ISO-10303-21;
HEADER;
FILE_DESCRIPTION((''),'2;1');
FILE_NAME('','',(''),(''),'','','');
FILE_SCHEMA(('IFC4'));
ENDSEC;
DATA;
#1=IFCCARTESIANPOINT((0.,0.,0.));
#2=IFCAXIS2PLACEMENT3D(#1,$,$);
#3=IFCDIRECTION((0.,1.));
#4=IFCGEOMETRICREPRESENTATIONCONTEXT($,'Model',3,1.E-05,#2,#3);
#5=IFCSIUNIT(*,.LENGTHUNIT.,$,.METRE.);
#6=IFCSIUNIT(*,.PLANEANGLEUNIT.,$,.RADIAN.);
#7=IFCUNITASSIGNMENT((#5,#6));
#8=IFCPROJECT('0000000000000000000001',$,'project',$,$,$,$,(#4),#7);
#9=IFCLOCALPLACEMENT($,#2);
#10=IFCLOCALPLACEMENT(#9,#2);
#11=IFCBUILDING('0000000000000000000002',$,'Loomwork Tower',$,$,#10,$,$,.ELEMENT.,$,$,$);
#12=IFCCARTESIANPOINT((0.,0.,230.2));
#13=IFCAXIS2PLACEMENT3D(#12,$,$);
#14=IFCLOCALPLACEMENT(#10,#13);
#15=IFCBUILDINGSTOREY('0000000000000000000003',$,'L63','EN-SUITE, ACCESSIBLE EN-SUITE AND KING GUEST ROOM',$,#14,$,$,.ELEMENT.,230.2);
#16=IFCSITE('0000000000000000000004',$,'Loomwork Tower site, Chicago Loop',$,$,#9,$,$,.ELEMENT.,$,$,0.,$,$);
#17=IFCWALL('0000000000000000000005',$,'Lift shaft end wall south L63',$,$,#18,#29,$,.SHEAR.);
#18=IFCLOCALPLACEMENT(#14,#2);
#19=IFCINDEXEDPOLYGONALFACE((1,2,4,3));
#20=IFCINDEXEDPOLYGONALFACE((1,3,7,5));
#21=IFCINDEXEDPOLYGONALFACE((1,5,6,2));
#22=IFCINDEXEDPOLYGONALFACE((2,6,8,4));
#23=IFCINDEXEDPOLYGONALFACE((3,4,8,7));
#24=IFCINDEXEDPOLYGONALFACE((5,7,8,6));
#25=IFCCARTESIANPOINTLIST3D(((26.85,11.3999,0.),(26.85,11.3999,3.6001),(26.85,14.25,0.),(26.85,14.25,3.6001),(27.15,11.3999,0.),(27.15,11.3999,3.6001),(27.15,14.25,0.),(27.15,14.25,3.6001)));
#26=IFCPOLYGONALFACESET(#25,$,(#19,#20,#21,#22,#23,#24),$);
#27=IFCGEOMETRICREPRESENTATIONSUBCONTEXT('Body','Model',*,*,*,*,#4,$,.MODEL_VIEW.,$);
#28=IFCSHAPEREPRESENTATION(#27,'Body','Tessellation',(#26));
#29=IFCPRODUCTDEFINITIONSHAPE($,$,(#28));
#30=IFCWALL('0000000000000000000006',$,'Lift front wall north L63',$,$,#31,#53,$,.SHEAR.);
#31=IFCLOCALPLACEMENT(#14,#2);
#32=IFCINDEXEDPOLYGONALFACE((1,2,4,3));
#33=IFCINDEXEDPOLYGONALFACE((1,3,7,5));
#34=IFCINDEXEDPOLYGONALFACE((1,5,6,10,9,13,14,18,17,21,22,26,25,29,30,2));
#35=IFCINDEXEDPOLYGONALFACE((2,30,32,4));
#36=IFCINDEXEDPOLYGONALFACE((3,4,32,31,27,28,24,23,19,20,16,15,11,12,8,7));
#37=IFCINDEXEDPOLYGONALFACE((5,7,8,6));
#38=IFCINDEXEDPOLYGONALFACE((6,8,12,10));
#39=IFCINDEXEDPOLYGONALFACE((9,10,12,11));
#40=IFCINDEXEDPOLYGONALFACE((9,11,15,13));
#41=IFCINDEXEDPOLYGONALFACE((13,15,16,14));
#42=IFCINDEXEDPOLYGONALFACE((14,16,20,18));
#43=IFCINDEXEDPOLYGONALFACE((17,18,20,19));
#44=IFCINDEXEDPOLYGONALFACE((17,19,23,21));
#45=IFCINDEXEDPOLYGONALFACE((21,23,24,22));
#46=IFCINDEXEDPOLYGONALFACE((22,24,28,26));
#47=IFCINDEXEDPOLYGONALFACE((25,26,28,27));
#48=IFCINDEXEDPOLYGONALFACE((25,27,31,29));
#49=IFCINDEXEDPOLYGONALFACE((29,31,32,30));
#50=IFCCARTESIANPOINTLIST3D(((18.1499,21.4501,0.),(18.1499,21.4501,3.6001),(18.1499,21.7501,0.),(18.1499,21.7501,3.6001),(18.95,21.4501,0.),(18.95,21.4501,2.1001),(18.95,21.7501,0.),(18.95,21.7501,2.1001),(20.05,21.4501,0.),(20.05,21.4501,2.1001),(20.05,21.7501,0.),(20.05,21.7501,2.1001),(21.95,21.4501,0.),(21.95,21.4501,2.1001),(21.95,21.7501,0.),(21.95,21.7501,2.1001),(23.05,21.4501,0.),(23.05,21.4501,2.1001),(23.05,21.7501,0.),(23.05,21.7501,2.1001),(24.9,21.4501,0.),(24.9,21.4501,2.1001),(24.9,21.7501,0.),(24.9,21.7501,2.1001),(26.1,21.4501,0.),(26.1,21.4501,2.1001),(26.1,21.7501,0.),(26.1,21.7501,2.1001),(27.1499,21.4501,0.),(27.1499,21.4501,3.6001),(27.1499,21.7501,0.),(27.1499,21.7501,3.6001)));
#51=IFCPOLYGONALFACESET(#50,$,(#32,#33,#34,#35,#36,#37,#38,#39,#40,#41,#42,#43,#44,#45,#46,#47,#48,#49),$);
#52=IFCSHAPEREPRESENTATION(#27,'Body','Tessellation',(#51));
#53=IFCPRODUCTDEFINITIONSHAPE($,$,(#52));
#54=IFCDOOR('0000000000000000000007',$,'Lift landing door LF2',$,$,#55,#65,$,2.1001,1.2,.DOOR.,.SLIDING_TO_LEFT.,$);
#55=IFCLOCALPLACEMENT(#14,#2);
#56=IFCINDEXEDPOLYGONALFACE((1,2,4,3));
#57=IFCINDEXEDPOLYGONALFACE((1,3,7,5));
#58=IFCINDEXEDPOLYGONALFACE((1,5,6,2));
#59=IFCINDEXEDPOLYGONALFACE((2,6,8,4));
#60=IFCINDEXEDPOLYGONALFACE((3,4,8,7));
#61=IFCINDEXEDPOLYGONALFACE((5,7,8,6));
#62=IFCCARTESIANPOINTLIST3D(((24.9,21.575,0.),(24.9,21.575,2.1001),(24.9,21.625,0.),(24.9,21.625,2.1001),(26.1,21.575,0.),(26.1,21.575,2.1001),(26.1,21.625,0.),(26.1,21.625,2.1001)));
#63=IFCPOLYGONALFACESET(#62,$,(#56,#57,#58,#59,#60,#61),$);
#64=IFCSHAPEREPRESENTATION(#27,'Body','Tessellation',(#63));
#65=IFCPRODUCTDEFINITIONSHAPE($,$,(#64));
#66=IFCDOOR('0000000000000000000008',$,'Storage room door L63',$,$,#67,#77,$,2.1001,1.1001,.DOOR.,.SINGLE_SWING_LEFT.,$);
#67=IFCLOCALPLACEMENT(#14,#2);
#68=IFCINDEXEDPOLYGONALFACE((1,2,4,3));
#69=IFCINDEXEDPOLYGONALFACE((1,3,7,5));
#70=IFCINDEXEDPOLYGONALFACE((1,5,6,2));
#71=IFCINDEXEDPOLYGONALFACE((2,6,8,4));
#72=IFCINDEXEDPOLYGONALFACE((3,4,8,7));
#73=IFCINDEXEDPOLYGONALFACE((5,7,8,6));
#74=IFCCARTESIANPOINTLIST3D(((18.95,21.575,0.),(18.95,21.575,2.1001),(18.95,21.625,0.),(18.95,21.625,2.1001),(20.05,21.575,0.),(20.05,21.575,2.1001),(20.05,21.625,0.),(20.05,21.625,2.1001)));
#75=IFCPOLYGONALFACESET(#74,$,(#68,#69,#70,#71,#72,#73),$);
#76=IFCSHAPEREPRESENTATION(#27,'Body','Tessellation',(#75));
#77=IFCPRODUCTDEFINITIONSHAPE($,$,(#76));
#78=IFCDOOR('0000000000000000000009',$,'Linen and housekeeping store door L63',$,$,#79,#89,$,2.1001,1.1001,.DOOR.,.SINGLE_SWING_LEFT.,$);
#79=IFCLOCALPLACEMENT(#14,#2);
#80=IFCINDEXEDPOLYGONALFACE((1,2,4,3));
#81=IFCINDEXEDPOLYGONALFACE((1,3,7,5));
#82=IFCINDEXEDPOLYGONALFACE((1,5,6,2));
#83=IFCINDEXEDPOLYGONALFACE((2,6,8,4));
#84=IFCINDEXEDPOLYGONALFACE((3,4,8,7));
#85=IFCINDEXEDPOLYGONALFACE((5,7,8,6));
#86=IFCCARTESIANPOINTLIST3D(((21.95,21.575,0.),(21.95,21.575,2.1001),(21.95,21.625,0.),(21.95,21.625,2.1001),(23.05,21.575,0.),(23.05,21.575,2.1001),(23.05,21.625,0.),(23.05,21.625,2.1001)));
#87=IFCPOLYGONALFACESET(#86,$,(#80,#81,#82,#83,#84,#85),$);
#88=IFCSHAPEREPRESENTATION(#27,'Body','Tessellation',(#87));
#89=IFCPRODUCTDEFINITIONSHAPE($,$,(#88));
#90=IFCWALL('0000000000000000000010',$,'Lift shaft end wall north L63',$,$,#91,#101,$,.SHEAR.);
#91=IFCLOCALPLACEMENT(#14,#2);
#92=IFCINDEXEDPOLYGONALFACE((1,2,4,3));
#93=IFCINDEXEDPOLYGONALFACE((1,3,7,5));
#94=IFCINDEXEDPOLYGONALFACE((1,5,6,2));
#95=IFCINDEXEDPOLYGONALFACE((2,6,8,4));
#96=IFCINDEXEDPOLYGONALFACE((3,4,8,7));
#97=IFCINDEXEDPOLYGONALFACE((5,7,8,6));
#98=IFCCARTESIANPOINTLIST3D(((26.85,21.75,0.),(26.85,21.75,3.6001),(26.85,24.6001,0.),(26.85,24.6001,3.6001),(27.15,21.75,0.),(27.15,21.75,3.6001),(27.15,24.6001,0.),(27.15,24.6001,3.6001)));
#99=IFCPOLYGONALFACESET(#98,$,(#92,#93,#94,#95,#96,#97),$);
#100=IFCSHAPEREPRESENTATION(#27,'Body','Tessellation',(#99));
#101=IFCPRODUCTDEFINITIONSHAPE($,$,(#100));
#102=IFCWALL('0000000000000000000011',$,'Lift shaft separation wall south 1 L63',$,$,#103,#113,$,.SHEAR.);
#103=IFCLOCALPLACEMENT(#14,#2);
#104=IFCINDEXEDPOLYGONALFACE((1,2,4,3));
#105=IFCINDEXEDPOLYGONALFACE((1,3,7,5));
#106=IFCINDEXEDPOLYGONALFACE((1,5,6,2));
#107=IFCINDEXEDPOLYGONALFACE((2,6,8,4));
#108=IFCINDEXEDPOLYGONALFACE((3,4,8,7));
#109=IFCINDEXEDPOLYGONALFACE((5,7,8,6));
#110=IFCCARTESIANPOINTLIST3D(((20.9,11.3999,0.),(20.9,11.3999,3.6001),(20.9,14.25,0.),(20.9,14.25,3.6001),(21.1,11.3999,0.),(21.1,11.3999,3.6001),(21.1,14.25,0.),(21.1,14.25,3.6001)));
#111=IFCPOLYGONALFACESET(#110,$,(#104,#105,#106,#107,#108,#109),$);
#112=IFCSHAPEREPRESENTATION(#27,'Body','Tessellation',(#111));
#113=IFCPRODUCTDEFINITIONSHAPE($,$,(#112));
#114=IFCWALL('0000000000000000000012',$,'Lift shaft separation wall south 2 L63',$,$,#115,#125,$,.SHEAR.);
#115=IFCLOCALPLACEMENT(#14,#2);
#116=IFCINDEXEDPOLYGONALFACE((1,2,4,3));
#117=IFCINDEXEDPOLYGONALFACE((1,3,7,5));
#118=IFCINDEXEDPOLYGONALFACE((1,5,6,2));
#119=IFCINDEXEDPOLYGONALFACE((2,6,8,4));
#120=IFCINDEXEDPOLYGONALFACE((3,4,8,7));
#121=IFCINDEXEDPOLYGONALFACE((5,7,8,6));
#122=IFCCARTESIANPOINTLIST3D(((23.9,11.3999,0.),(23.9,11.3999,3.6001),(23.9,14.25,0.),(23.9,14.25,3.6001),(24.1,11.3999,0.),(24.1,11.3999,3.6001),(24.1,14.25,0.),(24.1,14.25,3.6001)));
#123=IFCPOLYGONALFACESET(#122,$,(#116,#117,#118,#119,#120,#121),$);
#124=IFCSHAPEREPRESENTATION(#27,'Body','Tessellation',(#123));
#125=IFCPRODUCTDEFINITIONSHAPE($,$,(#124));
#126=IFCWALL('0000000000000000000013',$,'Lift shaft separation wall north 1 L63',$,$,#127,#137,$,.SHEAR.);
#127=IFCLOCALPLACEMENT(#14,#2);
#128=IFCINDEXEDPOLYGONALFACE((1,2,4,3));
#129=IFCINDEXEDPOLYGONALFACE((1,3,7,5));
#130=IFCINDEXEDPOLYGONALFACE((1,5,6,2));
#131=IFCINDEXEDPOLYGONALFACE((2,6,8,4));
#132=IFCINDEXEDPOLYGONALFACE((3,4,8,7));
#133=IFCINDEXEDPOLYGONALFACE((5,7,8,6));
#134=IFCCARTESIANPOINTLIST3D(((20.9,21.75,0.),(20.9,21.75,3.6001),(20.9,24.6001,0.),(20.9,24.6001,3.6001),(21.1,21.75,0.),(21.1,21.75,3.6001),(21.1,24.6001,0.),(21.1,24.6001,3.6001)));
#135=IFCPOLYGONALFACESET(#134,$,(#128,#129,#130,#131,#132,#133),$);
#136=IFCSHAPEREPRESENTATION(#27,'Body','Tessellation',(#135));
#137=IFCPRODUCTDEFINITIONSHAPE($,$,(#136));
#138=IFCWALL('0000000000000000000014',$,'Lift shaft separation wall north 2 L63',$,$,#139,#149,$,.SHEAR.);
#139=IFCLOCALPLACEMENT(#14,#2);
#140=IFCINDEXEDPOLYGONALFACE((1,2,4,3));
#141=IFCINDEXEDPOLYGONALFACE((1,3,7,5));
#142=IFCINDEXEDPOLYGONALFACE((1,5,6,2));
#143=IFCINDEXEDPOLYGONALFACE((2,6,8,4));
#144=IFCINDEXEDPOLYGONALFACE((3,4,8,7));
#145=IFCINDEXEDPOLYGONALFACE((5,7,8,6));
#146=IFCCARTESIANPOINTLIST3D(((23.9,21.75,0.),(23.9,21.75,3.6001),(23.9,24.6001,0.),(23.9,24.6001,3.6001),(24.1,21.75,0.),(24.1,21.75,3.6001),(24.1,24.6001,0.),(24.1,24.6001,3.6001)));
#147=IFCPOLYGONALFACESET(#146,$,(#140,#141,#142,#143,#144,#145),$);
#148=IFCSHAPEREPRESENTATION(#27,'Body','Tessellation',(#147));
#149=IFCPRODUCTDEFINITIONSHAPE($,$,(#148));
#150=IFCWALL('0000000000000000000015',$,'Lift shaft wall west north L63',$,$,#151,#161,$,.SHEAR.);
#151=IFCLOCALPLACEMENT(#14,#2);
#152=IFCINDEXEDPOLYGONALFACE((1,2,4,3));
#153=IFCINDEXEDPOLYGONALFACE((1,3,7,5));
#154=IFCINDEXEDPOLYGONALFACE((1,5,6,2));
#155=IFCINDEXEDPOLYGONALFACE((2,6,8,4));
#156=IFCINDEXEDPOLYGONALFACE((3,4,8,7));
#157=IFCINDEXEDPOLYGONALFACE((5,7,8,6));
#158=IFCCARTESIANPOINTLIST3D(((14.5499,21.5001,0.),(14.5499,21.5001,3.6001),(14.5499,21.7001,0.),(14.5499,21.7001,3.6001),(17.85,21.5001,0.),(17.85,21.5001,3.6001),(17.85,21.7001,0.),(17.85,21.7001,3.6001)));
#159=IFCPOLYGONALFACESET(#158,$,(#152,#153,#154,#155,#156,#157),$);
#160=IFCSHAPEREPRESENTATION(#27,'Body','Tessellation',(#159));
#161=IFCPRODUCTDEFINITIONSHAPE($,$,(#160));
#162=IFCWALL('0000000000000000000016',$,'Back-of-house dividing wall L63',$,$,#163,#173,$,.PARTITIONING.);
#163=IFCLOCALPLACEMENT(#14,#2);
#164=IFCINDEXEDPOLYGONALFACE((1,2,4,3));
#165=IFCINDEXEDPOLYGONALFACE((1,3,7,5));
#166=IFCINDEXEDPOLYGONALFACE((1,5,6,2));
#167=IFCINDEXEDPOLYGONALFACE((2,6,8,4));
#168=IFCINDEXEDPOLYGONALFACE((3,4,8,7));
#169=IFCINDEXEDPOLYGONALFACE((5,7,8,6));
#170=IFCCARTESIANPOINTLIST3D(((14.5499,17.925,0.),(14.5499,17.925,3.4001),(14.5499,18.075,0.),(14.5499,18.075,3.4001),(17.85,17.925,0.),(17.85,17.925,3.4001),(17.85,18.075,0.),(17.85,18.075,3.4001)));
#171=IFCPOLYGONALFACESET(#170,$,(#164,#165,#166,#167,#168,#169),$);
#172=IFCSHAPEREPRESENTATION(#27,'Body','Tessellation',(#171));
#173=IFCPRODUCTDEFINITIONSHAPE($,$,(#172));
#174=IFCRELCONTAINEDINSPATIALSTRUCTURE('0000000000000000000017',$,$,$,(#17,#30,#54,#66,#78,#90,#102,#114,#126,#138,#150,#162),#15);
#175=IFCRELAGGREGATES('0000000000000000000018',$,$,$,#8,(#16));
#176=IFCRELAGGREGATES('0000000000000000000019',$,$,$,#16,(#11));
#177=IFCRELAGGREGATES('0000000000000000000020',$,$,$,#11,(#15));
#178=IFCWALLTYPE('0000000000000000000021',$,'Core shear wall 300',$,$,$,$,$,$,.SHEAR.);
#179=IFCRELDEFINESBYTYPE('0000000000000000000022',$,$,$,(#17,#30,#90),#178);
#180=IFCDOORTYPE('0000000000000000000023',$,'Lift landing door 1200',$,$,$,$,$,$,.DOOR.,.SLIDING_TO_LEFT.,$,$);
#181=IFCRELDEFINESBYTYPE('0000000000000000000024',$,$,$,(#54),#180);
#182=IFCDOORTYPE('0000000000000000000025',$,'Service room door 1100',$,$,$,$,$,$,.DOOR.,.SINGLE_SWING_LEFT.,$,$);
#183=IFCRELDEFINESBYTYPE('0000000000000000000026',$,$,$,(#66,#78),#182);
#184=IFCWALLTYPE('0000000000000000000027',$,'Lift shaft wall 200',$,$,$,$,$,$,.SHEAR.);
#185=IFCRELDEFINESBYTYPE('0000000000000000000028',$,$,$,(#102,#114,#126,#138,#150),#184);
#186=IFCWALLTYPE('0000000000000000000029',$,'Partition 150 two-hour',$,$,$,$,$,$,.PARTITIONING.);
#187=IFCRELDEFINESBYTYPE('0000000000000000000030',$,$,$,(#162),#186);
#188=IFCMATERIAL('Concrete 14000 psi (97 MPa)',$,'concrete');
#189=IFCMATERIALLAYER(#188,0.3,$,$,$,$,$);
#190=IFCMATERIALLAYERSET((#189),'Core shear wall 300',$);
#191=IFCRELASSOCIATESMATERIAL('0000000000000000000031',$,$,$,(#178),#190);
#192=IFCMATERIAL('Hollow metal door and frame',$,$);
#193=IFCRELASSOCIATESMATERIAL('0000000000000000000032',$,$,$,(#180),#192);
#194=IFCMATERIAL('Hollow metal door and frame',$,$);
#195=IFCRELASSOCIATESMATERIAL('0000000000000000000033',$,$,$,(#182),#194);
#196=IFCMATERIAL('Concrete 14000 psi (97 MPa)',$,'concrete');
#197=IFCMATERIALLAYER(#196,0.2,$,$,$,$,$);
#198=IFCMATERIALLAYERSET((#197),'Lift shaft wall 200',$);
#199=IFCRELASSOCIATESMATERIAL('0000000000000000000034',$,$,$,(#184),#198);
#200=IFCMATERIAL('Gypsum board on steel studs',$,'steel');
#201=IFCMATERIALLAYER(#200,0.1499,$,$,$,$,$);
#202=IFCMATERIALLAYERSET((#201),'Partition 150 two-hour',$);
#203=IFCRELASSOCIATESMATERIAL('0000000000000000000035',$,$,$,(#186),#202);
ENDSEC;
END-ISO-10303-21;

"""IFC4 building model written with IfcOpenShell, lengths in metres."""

from ifc_helpers import new_model, si_unit, direction, frame, frame_2d, origin, place, context, subcontext, project, spatial, rectangle, extrude, material, layer, layer_set, type_object, element, fill, save


model = new_model("IFC4")

# Units and contexts
model_context = context("Model", 3, precision=1e-05, world=origin(), true_north=direction((0.0, 1.0)))
body_context = subcontext(model_context, "Body", "Model", "MODEL_VIEW")
ifc_project = project(units=[si_unit("LENGTHUNIT", "METRE"), si_unit("PLANEANGLEUNIT", "RADIAN")], contexts=[model_context])

# Site, building, storey
site_placement = place(None, origin())
site = spatial("IfcSite", under=ifc_project, at=site_placement, Name="Loomwork Tower site, Chicago Loop", CompositionType="ELEMENT", RefElevation=0.0)
building_placement = place(site_placement, origin())
building = spatial("IfcBuilding", under=site, at=building_placement, Name="Loomwork Tower", CompositionType="ELEMENT")
storey_placement = place(building_placement, frame((0.0, 0.0, 230.2)))
storey = spatial("IfcBuildingStorey", under=building, at=storey_placement, Name="L63", Description="EN-SUITE, ACCESSIBLE EN-SUITE AND KING GUEST ROOM", CompositionType="ELEMENT", Elevation=230.2)

# Shared definitions
ifc_material_1 = material(Name="Concrete 14000 psi (97 MPa)", Category="concrete")
ifc_layer_1 = layer(ifc_material_1, 0.3)
ifc_layer_set_1 = layer_set([ifc_layer_1], Name="Core shear wall 300")
wall_type_1 = type_object("IfcWallType", Name="Core shear wall 300", PredefinedType="SHEAR", material=ifc_layer_set_1)

# Shared definitions
ifc_material_2 = material(Name="Hollow metal door and frame")
door_type_1 = type_object("IfcDoorType", Name="Lift landing door 1200", OperationType="SLIDING_TO_LEFT", PredefinedType="DOOR", material=ifc_material_2)
ifc_material_3 = material(Name="Hollow metal door and frame")
door_type_2 = type_object("IfcDoorType", Name="Service room door 1100", OperationType="SINGLE_SWING_LEFT", PredefinedType="DOOR", material=ifc_material_3)

# Wall
wall_1_placement = place(storey_placement, frame((27.0, 11.3999, 0.0), z_axis=(0.0, 0.0, 1.0), x_axis=(0.0, 1.0, 0.0)))
element("IfcWall", 1, at=wall_1_placement, inside=storey, type_object=wall_type_1, Name="Lift shaft end wall south L63", PredefinedType="SHEAR", context=body_context, shape_type="SweptSolid", body=[
    extrude(rectangle(XDim=2.8501, YDim=0.3, at=frame_2d((1.425, 0.0))), origin(), (0.0, 0.0, 1.0), 3.6001),
])

# Wall, openings, doors
wall_2_placement = place(storey_placement, frame((18.1499, 21.6001, 0.0), z_axis=(0.0, 0.0, 1.0), x_axis=(1.0, 0.0, 0.0)))
wall_2 = element("IfcWall", 2, at=wall_2_placement, inside=storey, type_object=wall_type_1, Name="Lift front wall north L63", PredefinedType="SHEAR", context=body_context, shape_type="SweptSolid", body=[
    extrude(rectangle(XDim=9.0, YDim=0.3, at=frame_2d((4.5, 0.0))), origin(), (0.0, 0.0, 1.0), 3.6001),
])
opening_1_placement = place(wall_2_placement, frame((6.75, 0.0, 0.0)))
opening_1 = element("IfcOpeningElement", 3, at=opening_1_placement, cuts=wall_2, PredefinedType="OPENING", context=body_context, shape_type="SweptSolid", body=[
    extrude(rectangle(XDim=1.2, YDim=2.1001, at=frame_2d((0.6001, 1.05))), frame((0.0, 0.1599, 0.0), z_axis=(0.0, -1.0, 0.0), x_axis=(1.0, 0.0, 0.0)), (0.0, 0.0, 1.0), 0.3201),
])
opening_2_placement = place(wall_2_placement, frame((0.8, 0.0, 0.0)))
opening_2 = element("IfcOpeningElement", 4, at=opening_2_placement, cuts=wall_2, PredefinedType="OPENING", context=body_context, shape_type="SweptSolid", body=[
    extrude(rectangle(XDim=1.1001, YDim=2.1001, at=frame_2d((0.55, 1.05))), frame((0.0, 0.1599, 0.0), z_axis=(0.0, -1.0, 0.0), x_axis=(1.0, 0.0, 0.0)), (0.0, 0.0, 1.0), 0.3201),
])
opening_3_placement = place(wall_2_placement, frame((3.8, 0.0, 0.0)))
opening_3 = element("IfcOpeningElement", 5, at=opening_3_placement, cuts=wall_2, PredefinedType="OPENING", context=body_context, shape_type="SweptSolid", body=[
    extrude(rectangle(XDim=1.1001, YDim=2.1001, at=frame_2d((0.55, 1.05))), frame((0.0, 0.1599, 0.0), z_axis=(0.0, -1.0, 0.0), x_axis=(1.0, 0.0, 0.0)), (0.0, 0.0, 1.0), 0.3201),
])
door_1_placement = place(opening_1_placement, origin())
door_1 = element("IfcDoor", 6, at=door_1_placement, inside=storey, type_object=door_type_1, Name="Lift landing door LF2", OperationType="SLIDING_TO_LEFT", OverallHeight=2.1001, OverallWidth=1.2, PredefinedType="DOOR", context=body_context, shape_type="SweptSolid", body=[
    extrude(rectangle(XDim=1.2, YDim=2.1001, at=frame_2d((0.6001, 1.05))), frame((0.0, 0.0249, 0.0), z_axis=(0.0, -1.0, 0.0), x_axis=(1.0, 0.0, 0.0)), (0.0, 0.0, 1.0), 0.05),
])
fill(opening_1, door_1)
door_2_placement = place(opening_2_placement, origin())
door_2 = element("IfcDoor", 7, at=door_2_placement, inside=storey, type_object=door_type_2, Name="Storage room door L63", OperationType="SINGLE_SWING_LEFT", OverallHeight=2.1001, OverallWidth=1.1001, PredefinedType="DOOR", context=body_context, shape_type="SweptSolid", body=[
    extrude(rectangle(XDim=1.1001, YDim=2.1001, at=frame_2d((0.55, 1.05))), frame((0.0, 0.0249, 0.0), z_axis=(0.0, -1.0, 0.0), x_axis=(1.0, 0.0, 0.0)), (0.0, 0.0, 1.0), 0.05),
])
fill(opening_2, door_2)
door_3_placement = place(opening_3_placement, origin())
door_3 = element("IfcDoor", 8, at=door_3_placement, inside=storey, type_object=door_type_2, Name="Linen and housekeeping store door L63", OperationType="SINGLE_SWING_LEFT", OverallHeight=2.1001, OverallWidth=1.1001, PredefinedType="DOOR", context=body_context, shape_type="SweptSolid", body=[
    extrude(rectangle(XDim=1.1001, YDim=2.1001, at=frame_2d((0.55, 1.05))), frame((0.0, 0.0249, 0.0), z_axis=(0.0, -1.0, 0.0), x_axis=(1.0, 0.0, 0.0)), (0.0, 0.0, 1.0), 0.05),
])
fill(opening_3, door_3)

# Walls
wall_3_placement = place(storey_placement, frame((27.0, 21.75, 0.0), z_axis=(0.0, 0.0, 1.0), x_axis=(0.0, 1.0, 0.0)))
element("IfcWall", 9, at=wall_3_placement, inside=storey, type_object=wall_type_1, Name="Lift shaft end wall north L63", PredefinedType="SHEAR", context=body_context, shape_type="SweptSolid", body=[
    extrude(rectangle(XDim=2.8501, YDim=0.3, at=frame_2d((1.425, 0.0))), origin(), (0.0, 0.0, 1.0), 3.6001),
])
ifc_material_4 = material(Name="Concrete 14000 psi (97 MPa)", Category="concrete")
ifc_layer_2 = layer(ifc_material_4, 0.2)
ifc_layer_set_2 = layer_set([ifc_layer_2], Name="Lift shaft wall 200")
wall_type_2 = type_object("IfcWallType", Name="Lift shaft wall 200", PredefinedType="SHEAR", material=ifc_layer_set_2)
for number, where, z_axis, x_axis, name in (
    (10, (21.0, 11.3999, 0.0), (0.0, 0.0, 1.0), (0.0, 1.0, 0.0), "Lift shaft separation wall south 1 L63"),
    (11, (24.0, 11.3999, 0.0), (0.0, 0.0, 1.0), (0.0, 1.0, 0.0), "Lift shaft separation wall south 2 L63"),
    (12, (21.0, 21.75, 0.0), (0.0, 0.0, 1.0), (0.0, 1.0, 0.0), "Lift shaft separation wall north 1 L63"),
    (13, (24.0, 21.75, 0.0), (0.0, 0.0, 1.0), (0.0, 1.0, 0.0), "Lift shaft separation wall north 2 L63"),
):
    element("IfcWall", number, at=place(storey_placement, frame(where, z_axis=z_axis, x_axis=x_axis)), inside=storey, type_object=wall_type_2, Name=name, PredefinedType="SHEAR", context=body_context, shape_type="SweptSolid", body=[
        extrude(rectangle(XDim=2.8501, YDim=0.2, at=frame_2d((1.425, 0.0))), origin(), (0.0, 0.0, 1.0), 3.6001),
    ])
wall_4_placement = place(storey_placement, frame((14.55, 21.6001, 0.0), z_axis=(0.0, 0.0, 1.0), x_axis=(1.0, 0.0, 0.0)))
element("IfcWall", 14, at=wall_4_placement, inside=storey, type_object=wall_type_2, Name="Lift shaft wall west north L63", PredefinedType="SHEAR", context=body_context, shape_type="SweptSolid", body=[
    extrude(rectangle(XDim=3.3, YDim=0.2, at=frame_2d((1.6499, 0.0))), origin(), (0.0, 0.0, 1.0), 3.6001),
])
ifc_material_5 = material(Name="Gypsum board on steel studs", Category="steel")
ifc_layer_3 = layer(ifc_material_5, 0.1499)
ifc_layer_set_3 = layer_set([ifc_layer_3], Name="Partition 150 two-hour")
wall_type_3 = type_object("IfcWallType", Name="Partition 150 two-hour", PredefinedType="PARTITIONING", material=ifc_layer_set_3)
wall_5_placement = place(storey_placement, frame((14.55, 18.0, 0.0), z_axis=(0.0, 0.0, 1.0), x_axis=(1.0, 0.0, 0.0)))
element("IfcWall", 15, at=wall_5_placement, inside=storey, type_object=wall_type_3, Name="Back-of-house dividing wall L63", PredefinedType="PARTITIONING", context=body_context, shape_type="SweptSolid", body=[
    extrude(rectangle(XDim=3.3, YDim=0.1499, at=frame_2d((1.6499, 0.0))), origin(), (0.0, 0.0, 1.0), 3.4001),
])

save(model, "model.ifc")
